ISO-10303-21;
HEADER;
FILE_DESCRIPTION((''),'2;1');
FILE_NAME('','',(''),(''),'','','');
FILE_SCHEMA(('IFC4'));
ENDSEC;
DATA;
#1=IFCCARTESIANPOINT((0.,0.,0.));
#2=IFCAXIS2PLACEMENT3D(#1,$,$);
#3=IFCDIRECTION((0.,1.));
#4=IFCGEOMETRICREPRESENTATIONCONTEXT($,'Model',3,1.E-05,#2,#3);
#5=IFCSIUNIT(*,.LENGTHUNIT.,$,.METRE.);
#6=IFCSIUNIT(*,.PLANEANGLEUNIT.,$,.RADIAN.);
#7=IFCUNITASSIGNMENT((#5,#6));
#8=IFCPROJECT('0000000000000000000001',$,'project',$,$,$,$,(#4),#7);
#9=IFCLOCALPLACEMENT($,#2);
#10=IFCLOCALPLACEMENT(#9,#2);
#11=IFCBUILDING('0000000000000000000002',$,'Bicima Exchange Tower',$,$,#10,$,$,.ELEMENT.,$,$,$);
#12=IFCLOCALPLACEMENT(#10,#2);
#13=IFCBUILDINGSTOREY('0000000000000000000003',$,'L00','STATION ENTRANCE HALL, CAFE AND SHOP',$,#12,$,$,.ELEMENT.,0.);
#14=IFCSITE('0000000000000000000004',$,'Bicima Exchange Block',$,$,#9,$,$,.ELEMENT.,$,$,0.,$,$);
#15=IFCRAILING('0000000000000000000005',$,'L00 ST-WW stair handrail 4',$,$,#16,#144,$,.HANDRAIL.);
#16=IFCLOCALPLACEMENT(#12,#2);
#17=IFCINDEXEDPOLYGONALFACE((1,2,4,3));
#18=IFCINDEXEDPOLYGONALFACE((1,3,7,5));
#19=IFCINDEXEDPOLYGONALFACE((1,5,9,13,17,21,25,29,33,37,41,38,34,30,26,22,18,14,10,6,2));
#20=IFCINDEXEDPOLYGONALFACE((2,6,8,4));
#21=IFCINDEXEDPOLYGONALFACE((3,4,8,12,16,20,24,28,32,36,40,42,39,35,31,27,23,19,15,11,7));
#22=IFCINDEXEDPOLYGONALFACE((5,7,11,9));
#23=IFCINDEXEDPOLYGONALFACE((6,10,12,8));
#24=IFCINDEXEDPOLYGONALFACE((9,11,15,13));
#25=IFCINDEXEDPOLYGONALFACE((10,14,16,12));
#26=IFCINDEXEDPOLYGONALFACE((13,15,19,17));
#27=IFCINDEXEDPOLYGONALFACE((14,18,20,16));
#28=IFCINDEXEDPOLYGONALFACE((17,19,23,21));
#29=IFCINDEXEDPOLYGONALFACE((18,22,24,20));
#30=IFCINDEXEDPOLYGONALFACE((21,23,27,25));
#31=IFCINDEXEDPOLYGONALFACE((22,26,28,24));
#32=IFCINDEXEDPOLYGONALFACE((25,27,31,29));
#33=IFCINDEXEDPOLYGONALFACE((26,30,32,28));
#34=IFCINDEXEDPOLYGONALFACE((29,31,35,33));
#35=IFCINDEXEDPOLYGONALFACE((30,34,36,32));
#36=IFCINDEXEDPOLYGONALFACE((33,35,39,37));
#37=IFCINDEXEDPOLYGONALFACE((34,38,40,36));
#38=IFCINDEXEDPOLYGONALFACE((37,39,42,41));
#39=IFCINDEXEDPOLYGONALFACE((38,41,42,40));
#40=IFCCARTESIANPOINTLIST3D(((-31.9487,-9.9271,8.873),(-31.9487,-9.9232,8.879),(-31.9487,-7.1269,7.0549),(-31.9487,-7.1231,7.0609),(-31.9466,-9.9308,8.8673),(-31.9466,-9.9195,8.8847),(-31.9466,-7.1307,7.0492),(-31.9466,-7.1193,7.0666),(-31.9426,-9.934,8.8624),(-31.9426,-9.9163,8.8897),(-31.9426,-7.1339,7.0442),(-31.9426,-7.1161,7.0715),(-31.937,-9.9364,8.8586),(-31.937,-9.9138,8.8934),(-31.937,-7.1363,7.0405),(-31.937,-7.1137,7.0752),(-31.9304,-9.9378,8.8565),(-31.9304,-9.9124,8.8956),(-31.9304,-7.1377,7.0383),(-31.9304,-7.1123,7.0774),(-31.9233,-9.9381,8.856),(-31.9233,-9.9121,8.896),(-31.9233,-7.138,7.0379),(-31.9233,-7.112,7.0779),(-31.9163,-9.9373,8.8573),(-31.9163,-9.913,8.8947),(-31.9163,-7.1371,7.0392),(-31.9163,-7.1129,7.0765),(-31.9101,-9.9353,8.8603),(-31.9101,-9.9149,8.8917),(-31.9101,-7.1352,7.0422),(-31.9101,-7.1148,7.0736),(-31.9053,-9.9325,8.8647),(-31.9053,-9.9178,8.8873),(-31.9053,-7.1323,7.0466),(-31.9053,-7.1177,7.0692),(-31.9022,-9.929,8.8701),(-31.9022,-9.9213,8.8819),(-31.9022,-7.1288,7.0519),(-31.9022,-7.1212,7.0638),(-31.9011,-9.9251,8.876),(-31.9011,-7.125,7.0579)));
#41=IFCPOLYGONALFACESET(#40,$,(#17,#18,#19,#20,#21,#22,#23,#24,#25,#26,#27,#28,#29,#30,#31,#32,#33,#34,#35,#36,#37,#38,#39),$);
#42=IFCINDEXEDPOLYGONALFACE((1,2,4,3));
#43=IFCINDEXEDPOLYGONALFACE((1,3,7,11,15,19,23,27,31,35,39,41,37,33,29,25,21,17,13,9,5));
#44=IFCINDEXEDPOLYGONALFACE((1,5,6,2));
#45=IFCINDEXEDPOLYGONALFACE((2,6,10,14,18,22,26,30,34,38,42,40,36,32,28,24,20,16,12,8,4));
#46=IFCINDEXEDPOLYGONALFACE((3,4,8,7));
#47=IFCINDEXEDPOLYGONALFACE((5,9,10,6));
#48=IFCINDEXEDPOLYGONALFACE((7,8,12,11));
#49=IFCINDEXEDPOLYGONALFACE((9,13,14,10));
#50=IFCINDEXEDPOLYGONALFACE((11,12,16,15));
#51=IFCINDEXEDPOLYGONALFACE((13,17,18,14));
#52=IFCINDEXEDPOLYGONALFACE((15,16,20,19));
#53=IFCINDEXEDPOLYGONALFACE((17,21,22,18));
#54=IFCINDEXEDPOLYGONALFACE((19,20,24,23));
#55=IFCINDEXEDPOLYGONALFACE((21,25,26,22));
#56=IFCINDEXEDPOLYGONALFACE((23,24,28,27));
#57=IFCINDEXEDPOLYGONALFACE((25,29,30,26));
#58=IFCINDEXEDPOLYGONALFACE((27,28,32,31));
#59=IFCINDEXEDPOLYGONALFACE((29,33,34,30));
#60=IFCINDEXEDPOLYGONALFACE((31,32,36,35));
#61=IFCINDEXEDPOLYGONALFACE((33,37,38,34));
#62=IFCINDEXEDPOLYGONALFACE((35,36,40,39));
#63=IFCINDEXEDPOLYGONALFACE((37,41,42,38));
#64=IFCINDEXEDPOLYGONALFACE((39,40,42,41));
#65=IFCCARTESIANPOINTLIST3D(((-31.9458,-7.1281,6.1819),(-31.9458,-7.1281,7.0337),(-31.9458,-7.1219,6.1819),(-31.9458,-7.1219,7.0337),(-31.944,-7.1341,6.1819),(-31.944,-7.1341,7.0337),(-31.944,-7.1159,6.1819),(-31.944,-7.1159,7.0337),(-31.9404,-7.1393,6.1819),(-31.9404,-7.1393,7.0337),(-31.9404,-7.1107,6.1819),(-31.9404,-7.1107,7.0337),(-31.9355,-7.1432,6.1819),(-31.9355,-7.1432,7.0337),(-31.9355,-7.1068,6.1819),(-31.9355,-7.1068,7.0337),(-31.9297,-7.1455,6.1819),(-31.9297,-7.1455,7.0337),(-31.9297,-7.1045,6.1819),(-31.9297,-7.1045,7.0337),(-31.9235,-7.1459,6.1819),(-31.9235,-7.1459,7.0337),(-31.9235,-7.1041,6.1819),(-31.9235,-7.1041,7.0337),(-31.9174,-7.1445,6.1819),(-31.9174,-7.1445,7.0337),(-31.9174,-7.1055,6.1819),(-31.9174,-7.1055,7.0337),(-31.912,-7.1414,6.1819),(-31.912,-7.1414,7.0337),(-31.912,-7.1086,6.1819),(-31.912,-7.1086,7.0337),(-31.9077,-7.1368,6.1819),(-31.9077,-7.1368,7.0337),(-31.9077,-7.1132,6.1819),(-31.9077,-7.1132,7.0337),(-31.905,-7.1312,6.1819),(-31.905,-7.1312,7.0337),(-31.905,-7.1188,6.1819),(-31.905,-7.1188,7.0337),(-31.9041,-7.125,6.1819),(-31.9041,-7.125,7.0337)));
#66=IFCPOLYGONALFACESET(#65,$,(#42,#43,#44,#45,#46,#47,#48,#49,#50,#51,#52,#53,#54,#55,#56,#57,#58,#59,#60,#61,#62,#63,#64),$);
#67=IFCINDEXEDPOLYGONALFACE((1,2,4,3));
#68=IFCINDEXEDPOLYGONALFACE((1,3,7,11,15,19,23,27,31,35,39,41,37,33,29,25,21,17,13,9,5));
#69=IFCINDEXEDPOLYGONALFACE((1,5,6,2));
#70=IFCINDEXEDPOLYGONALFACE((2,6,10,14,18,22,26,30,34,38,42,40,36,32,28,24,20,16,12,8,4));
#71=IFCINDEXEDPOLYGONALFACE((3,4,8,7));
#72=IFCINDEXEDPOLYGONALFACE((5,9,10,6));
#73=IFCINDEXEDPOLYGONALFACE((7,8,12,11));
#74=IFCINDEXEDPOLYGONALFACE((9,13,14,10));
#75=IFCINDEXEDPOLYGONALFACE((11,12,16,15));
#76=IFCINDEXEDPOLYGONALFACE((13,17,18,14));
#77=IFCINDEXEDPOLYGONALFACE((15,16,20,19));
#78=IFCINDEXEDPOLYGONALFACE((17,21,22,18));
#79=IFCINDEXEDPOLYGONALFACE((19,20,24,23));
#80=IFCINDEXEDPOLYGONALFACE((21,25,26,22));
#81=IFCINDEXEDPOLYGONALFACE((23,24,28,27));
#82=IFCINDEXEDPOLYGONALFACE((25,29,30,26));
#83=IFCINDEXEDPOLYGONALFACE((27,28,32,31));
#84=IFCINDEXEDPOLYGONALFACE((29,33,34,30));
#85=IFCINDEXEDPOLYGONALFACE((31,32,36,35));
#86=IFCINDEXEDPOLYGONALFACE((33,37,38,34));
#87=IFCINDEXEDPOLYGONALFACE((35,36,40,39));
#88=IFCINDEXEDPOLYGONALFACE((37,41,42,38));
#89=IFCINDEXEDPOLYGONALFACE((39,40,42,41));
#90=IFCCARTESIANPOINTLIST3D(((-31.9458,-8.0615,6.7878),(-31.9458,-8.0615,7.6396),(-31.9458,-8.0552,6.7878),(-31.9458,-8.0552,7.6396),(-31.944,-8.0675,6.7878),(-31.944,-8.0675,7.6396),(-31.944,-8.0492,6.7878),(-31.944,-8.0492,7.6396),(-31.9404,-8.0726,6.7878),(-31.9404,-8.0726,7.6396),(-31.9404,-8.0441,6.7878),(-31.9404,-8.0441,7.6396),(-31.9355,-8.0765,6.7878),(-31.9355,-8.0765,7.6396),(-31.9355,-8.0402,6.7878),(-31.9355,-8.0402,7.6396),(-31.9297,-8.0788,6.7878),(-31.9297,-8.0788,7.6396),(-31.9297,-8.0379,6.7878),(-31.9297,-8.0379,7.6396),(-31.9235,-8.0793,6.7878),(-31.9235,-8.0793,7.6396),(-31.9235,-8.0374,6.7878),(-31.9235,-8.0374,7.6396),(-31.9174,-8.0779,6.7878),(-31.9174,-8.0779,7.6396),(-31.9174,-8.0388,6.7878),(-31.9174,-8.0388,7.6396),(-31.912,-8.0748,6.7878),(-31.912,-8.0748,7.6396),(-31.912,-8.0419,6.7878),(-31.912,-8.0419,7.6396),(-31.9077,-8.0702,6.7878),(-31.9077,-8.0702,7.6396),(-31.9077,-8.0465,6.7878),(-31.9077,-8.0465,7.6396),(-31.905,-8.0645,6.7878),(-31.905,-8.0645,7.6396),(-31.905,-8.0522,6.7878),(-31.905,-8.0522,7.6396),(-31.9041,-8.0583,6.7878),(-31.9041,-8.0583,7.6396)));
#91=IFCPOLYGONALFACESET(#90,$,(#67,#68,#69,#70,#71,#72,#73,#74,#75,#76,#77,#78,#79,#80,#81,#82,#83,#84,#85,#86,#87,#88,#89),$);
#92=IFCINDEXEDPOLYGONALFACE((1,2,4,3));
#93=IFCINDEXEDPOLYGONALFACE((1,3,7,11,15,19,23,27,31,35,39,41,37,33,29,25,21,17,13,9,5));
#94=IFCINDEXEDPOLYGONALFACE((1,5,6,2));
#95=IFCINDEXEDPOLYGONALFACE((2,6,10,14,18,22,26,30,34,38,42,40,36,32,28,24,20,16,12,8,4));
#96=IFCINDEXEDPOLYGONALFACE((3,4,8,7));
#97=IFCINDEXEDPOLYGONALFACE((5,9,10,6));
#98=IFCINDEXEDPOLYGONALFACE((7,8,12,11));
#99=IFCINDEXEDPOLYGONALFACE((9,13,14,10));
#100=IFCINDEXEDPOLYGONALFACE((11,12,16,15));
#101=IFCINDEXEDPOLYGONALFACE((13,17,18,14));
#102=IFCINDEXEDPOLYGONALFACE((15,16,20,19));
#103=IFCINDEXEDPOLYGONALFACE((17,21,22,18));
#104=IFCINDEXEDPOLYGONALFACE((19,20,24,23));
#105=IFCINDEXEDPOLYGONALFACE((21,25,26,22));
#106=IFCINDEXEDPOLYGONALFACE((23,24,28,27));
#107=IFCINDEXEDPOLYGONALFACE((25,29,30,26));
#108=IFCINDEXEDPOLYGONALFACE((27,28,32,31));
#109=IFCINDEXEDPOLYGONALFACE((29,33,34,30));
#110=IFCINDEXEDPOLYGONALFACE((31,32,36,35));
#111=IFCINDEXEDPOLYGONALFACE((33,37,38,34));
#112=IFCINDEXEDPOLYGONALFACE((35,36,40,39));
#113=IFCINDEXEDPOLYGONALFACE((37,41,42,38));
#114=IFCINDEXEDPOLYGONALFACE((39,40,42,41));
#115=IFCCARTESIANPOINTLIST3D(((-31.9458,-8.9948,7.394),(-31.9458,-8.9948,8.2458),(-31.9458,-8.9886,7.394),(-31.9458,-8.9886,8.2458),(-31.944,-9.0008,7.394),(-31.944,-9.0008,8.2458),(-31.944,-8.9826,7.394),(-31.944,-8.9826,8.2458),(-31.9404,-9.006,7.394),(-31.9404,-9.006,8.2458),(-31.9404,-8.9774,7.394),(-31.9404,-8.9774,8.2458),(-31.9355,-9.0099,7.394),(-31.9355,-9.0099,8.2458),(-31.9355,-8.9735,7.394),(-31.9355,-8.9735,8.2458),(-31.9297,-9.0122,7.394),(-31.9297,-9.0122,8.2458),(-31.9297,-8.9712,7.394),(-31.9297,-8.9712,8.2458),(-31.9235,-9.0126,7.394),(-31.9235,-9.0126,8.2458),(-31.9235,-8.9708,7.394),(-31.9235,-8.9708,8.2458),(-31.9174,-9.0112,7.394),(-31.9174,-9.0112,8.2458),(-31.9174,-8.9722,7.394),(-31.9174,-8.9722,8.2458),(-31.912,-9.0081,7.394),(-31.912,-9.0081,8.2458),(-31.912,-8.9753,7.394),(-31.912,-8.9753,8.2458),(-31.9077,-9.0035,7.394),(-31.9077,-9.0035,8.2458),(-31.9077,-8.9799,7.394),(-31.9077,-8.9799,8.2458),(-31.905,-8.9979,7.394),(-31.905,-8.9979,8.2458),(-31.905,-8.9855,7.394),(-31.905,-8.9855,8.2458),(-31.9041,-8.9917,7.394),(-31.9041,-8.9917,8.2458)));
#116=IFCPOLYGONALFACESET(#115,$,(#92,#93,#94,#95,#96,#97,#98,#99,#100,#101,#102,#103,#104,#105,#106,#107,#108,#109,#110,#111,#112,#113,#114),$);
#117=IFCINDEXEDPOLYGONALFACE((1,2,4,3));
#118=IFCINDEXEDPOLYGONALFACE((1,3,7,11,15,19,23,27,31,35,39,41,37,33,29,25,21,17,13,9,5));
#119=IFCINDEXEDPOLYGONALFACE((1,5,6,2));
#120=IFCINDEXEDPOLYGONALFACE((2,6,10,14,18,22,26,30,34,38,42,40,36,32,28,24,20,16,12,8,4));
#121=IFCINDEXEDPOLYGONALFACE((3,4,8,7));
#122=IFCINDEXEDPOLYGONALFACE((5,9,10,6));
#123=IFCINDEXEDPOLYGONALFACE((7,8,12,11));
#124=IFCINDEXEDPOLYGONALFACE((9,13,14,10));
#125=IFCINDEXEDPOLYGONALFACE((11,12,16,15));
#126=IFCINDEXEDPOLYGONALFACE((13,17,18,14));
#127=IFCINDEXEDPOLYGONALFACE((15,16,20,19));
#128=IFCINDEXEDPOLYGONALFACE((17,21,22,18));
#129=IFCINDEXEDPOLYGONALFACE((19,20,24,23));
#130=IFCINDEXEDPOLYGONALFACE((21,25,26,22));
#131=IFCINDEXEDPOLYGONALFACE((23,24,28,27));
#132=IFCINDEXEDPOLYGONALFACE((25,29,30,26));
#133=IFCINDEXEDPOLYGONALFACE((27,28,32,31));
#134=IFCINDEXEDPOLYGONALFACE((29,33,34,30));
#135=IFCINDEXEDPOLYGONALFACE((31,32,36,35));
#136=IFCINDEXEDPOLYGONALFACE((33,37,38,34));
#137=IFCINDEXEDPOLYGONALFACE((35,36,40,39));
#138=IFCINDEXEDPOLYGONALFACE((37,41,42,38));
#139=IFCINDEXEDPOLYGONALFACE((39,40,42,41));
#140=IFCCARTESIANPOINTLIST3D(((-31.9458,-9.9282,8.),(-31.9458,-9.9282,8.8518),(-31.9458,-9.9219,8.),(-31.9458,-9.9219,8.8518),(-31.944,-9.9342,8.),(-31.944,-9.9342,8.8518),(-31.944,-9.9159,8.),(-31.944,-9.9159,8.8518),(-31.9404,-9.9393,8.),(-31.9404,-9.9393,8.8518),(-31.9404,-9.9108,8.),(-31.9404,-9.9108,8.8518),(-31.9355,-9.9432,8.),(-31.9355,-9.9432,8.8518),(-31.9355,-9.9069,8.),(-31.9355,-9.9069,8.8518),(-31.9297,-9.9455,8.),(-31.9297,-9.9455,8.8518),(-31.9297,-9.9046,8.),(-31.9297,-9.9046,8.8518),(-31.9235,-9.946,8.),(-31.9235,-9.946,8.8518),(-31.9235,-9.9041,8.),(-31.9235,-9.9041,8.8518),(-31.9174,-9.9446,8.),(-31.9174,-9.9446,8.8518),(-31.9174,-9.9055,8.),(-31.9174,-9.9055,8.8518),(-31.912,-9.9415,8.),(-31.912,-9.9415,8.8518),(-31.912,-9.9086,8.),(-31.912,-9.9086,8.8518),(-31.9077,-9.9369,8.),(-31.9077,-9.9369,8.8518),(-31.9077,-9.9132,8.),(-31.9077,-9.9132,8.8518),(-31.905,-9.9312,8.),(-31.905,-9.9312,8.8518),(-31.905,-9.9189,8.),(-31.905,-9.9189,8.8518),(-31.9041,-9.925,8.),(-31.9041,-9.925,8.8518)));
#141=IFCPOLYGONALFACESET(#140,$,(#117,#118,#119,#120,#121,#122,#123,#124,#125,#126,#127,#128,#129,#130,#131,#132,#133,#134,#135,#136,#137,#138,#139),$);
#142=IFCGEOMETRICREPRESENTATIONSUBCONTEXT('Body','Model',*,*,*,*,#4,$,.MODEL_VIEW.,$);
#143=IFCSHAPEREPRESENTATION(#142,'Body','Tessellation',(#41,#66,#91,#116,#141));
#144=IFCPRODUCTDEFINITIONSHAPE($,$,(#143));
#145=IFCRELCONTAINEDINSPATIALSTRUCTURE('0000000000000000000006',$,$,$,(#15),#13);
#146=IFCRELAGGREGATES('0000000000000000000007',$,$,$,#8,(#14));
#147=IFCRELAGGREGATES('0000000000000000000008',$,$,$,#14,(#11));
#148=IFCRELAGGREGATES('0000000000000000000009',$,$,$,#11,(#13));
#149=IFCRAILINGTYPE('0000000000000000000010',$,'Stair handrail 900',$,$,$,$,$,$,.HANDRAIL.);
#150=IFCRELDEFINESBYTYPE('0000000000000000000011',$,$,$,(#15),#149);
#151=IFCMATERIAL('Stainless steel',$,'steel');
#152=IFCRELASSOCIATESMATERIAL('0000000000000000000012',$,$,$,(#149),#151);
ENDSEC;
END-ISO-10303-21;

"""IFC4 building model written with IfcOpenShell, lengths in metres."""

from ifc_helpers import new_model, si_unit, direction, frame, origin, origin_2d, place, context, subcontext, project, spatial, circle, extrude, material, type_object, element, save


model = new_model("IFC4")

# Units and contexts
model_context = context("Model", 3, precision=1e-05, world=origin(), true_north=direction((0.0, 1.0)))
body_context = subcontext(model_context, "Body", "Model", "MODEL_VIEW")
ifc_project = project(units=[si_unit("LENGTHUNIT", "METRE"), si_unit("PLANEANGLEUNIT", "RADIAN")], contexts=[model_context])

# Site, building, storey
site_placement = place(None, origin())
site = spatial("IfcSite", under=ifc_project, at=site_placement, Name="Bicima Exchange Block", CompositionType="ELEMENT", RefElevation=0.0)
building_placement = place(site_placement, origin())
building = spatial("IfcBuilding", under=site, at=building_placement, Name="Bicima Exchange Tower", CompositionType="ELEMENT")
storey_placement = place(building_placement, origin())
storey = spatial("IfcBuildingStorey", under=building, at=storey_placement, Name="L00", Description="STATION ENTRANCE HALL, CAFE AND SHOP", CompositionType="ELEMENT", Elevation=0.0)

# Railing
ifc_material_1 = material(Name="Stainless steel", Category="steel")
railing_type_1 = type_object("IfcRailingType", Name="Stair handrail 900", PredefinedType="HANDRAIL", material=ifc_material_1)
railing_1_placement = place(storey_placement, frame((-31.925, -7.125, 6.1819)))
element("IfcRailing", 1, at=railing_1_placement, inside=storey, type_object=railing_type_1, Name="L00 ST-WW stair handrail 4", PredefinedType="HANDRAIL", context=body_context, shape_type="SweptSolid", body=[
    extrude(circle(Radius=0.0239, at=origin_2d()), frame((0.0, 0.0, 0.876), z_axis=(0.0, -0.838706, 0.544585), x_axis=(1.0, 0.0, 0.0)), (0.0, 0.0, 1.0), 3.3386),
    extrude(circle(Radius=0.021, at=origin_2d()), origin(), (0.0, 0.0, 1.0), 0.8518),
    extrude(circle(Radius=0.021, at=origin_2d()), frame((0.0, -0.9333, 0.606)), (0.0, 0.0, 1.0), 0.8518),
    extrude(circle(Radius=0.021, at=origin_2d()), frame((0.0, -1.8667, 1.2122)), (0.0, 0.0, 1.0), 0.8518),
    extrude(circle(Radius=0.021, at=origin_2d()), frame((0.0, -2.8, 1.8181)), (0.0, 0.0, 1.0), 0.8518),
])

save(model, "model.ifc")
